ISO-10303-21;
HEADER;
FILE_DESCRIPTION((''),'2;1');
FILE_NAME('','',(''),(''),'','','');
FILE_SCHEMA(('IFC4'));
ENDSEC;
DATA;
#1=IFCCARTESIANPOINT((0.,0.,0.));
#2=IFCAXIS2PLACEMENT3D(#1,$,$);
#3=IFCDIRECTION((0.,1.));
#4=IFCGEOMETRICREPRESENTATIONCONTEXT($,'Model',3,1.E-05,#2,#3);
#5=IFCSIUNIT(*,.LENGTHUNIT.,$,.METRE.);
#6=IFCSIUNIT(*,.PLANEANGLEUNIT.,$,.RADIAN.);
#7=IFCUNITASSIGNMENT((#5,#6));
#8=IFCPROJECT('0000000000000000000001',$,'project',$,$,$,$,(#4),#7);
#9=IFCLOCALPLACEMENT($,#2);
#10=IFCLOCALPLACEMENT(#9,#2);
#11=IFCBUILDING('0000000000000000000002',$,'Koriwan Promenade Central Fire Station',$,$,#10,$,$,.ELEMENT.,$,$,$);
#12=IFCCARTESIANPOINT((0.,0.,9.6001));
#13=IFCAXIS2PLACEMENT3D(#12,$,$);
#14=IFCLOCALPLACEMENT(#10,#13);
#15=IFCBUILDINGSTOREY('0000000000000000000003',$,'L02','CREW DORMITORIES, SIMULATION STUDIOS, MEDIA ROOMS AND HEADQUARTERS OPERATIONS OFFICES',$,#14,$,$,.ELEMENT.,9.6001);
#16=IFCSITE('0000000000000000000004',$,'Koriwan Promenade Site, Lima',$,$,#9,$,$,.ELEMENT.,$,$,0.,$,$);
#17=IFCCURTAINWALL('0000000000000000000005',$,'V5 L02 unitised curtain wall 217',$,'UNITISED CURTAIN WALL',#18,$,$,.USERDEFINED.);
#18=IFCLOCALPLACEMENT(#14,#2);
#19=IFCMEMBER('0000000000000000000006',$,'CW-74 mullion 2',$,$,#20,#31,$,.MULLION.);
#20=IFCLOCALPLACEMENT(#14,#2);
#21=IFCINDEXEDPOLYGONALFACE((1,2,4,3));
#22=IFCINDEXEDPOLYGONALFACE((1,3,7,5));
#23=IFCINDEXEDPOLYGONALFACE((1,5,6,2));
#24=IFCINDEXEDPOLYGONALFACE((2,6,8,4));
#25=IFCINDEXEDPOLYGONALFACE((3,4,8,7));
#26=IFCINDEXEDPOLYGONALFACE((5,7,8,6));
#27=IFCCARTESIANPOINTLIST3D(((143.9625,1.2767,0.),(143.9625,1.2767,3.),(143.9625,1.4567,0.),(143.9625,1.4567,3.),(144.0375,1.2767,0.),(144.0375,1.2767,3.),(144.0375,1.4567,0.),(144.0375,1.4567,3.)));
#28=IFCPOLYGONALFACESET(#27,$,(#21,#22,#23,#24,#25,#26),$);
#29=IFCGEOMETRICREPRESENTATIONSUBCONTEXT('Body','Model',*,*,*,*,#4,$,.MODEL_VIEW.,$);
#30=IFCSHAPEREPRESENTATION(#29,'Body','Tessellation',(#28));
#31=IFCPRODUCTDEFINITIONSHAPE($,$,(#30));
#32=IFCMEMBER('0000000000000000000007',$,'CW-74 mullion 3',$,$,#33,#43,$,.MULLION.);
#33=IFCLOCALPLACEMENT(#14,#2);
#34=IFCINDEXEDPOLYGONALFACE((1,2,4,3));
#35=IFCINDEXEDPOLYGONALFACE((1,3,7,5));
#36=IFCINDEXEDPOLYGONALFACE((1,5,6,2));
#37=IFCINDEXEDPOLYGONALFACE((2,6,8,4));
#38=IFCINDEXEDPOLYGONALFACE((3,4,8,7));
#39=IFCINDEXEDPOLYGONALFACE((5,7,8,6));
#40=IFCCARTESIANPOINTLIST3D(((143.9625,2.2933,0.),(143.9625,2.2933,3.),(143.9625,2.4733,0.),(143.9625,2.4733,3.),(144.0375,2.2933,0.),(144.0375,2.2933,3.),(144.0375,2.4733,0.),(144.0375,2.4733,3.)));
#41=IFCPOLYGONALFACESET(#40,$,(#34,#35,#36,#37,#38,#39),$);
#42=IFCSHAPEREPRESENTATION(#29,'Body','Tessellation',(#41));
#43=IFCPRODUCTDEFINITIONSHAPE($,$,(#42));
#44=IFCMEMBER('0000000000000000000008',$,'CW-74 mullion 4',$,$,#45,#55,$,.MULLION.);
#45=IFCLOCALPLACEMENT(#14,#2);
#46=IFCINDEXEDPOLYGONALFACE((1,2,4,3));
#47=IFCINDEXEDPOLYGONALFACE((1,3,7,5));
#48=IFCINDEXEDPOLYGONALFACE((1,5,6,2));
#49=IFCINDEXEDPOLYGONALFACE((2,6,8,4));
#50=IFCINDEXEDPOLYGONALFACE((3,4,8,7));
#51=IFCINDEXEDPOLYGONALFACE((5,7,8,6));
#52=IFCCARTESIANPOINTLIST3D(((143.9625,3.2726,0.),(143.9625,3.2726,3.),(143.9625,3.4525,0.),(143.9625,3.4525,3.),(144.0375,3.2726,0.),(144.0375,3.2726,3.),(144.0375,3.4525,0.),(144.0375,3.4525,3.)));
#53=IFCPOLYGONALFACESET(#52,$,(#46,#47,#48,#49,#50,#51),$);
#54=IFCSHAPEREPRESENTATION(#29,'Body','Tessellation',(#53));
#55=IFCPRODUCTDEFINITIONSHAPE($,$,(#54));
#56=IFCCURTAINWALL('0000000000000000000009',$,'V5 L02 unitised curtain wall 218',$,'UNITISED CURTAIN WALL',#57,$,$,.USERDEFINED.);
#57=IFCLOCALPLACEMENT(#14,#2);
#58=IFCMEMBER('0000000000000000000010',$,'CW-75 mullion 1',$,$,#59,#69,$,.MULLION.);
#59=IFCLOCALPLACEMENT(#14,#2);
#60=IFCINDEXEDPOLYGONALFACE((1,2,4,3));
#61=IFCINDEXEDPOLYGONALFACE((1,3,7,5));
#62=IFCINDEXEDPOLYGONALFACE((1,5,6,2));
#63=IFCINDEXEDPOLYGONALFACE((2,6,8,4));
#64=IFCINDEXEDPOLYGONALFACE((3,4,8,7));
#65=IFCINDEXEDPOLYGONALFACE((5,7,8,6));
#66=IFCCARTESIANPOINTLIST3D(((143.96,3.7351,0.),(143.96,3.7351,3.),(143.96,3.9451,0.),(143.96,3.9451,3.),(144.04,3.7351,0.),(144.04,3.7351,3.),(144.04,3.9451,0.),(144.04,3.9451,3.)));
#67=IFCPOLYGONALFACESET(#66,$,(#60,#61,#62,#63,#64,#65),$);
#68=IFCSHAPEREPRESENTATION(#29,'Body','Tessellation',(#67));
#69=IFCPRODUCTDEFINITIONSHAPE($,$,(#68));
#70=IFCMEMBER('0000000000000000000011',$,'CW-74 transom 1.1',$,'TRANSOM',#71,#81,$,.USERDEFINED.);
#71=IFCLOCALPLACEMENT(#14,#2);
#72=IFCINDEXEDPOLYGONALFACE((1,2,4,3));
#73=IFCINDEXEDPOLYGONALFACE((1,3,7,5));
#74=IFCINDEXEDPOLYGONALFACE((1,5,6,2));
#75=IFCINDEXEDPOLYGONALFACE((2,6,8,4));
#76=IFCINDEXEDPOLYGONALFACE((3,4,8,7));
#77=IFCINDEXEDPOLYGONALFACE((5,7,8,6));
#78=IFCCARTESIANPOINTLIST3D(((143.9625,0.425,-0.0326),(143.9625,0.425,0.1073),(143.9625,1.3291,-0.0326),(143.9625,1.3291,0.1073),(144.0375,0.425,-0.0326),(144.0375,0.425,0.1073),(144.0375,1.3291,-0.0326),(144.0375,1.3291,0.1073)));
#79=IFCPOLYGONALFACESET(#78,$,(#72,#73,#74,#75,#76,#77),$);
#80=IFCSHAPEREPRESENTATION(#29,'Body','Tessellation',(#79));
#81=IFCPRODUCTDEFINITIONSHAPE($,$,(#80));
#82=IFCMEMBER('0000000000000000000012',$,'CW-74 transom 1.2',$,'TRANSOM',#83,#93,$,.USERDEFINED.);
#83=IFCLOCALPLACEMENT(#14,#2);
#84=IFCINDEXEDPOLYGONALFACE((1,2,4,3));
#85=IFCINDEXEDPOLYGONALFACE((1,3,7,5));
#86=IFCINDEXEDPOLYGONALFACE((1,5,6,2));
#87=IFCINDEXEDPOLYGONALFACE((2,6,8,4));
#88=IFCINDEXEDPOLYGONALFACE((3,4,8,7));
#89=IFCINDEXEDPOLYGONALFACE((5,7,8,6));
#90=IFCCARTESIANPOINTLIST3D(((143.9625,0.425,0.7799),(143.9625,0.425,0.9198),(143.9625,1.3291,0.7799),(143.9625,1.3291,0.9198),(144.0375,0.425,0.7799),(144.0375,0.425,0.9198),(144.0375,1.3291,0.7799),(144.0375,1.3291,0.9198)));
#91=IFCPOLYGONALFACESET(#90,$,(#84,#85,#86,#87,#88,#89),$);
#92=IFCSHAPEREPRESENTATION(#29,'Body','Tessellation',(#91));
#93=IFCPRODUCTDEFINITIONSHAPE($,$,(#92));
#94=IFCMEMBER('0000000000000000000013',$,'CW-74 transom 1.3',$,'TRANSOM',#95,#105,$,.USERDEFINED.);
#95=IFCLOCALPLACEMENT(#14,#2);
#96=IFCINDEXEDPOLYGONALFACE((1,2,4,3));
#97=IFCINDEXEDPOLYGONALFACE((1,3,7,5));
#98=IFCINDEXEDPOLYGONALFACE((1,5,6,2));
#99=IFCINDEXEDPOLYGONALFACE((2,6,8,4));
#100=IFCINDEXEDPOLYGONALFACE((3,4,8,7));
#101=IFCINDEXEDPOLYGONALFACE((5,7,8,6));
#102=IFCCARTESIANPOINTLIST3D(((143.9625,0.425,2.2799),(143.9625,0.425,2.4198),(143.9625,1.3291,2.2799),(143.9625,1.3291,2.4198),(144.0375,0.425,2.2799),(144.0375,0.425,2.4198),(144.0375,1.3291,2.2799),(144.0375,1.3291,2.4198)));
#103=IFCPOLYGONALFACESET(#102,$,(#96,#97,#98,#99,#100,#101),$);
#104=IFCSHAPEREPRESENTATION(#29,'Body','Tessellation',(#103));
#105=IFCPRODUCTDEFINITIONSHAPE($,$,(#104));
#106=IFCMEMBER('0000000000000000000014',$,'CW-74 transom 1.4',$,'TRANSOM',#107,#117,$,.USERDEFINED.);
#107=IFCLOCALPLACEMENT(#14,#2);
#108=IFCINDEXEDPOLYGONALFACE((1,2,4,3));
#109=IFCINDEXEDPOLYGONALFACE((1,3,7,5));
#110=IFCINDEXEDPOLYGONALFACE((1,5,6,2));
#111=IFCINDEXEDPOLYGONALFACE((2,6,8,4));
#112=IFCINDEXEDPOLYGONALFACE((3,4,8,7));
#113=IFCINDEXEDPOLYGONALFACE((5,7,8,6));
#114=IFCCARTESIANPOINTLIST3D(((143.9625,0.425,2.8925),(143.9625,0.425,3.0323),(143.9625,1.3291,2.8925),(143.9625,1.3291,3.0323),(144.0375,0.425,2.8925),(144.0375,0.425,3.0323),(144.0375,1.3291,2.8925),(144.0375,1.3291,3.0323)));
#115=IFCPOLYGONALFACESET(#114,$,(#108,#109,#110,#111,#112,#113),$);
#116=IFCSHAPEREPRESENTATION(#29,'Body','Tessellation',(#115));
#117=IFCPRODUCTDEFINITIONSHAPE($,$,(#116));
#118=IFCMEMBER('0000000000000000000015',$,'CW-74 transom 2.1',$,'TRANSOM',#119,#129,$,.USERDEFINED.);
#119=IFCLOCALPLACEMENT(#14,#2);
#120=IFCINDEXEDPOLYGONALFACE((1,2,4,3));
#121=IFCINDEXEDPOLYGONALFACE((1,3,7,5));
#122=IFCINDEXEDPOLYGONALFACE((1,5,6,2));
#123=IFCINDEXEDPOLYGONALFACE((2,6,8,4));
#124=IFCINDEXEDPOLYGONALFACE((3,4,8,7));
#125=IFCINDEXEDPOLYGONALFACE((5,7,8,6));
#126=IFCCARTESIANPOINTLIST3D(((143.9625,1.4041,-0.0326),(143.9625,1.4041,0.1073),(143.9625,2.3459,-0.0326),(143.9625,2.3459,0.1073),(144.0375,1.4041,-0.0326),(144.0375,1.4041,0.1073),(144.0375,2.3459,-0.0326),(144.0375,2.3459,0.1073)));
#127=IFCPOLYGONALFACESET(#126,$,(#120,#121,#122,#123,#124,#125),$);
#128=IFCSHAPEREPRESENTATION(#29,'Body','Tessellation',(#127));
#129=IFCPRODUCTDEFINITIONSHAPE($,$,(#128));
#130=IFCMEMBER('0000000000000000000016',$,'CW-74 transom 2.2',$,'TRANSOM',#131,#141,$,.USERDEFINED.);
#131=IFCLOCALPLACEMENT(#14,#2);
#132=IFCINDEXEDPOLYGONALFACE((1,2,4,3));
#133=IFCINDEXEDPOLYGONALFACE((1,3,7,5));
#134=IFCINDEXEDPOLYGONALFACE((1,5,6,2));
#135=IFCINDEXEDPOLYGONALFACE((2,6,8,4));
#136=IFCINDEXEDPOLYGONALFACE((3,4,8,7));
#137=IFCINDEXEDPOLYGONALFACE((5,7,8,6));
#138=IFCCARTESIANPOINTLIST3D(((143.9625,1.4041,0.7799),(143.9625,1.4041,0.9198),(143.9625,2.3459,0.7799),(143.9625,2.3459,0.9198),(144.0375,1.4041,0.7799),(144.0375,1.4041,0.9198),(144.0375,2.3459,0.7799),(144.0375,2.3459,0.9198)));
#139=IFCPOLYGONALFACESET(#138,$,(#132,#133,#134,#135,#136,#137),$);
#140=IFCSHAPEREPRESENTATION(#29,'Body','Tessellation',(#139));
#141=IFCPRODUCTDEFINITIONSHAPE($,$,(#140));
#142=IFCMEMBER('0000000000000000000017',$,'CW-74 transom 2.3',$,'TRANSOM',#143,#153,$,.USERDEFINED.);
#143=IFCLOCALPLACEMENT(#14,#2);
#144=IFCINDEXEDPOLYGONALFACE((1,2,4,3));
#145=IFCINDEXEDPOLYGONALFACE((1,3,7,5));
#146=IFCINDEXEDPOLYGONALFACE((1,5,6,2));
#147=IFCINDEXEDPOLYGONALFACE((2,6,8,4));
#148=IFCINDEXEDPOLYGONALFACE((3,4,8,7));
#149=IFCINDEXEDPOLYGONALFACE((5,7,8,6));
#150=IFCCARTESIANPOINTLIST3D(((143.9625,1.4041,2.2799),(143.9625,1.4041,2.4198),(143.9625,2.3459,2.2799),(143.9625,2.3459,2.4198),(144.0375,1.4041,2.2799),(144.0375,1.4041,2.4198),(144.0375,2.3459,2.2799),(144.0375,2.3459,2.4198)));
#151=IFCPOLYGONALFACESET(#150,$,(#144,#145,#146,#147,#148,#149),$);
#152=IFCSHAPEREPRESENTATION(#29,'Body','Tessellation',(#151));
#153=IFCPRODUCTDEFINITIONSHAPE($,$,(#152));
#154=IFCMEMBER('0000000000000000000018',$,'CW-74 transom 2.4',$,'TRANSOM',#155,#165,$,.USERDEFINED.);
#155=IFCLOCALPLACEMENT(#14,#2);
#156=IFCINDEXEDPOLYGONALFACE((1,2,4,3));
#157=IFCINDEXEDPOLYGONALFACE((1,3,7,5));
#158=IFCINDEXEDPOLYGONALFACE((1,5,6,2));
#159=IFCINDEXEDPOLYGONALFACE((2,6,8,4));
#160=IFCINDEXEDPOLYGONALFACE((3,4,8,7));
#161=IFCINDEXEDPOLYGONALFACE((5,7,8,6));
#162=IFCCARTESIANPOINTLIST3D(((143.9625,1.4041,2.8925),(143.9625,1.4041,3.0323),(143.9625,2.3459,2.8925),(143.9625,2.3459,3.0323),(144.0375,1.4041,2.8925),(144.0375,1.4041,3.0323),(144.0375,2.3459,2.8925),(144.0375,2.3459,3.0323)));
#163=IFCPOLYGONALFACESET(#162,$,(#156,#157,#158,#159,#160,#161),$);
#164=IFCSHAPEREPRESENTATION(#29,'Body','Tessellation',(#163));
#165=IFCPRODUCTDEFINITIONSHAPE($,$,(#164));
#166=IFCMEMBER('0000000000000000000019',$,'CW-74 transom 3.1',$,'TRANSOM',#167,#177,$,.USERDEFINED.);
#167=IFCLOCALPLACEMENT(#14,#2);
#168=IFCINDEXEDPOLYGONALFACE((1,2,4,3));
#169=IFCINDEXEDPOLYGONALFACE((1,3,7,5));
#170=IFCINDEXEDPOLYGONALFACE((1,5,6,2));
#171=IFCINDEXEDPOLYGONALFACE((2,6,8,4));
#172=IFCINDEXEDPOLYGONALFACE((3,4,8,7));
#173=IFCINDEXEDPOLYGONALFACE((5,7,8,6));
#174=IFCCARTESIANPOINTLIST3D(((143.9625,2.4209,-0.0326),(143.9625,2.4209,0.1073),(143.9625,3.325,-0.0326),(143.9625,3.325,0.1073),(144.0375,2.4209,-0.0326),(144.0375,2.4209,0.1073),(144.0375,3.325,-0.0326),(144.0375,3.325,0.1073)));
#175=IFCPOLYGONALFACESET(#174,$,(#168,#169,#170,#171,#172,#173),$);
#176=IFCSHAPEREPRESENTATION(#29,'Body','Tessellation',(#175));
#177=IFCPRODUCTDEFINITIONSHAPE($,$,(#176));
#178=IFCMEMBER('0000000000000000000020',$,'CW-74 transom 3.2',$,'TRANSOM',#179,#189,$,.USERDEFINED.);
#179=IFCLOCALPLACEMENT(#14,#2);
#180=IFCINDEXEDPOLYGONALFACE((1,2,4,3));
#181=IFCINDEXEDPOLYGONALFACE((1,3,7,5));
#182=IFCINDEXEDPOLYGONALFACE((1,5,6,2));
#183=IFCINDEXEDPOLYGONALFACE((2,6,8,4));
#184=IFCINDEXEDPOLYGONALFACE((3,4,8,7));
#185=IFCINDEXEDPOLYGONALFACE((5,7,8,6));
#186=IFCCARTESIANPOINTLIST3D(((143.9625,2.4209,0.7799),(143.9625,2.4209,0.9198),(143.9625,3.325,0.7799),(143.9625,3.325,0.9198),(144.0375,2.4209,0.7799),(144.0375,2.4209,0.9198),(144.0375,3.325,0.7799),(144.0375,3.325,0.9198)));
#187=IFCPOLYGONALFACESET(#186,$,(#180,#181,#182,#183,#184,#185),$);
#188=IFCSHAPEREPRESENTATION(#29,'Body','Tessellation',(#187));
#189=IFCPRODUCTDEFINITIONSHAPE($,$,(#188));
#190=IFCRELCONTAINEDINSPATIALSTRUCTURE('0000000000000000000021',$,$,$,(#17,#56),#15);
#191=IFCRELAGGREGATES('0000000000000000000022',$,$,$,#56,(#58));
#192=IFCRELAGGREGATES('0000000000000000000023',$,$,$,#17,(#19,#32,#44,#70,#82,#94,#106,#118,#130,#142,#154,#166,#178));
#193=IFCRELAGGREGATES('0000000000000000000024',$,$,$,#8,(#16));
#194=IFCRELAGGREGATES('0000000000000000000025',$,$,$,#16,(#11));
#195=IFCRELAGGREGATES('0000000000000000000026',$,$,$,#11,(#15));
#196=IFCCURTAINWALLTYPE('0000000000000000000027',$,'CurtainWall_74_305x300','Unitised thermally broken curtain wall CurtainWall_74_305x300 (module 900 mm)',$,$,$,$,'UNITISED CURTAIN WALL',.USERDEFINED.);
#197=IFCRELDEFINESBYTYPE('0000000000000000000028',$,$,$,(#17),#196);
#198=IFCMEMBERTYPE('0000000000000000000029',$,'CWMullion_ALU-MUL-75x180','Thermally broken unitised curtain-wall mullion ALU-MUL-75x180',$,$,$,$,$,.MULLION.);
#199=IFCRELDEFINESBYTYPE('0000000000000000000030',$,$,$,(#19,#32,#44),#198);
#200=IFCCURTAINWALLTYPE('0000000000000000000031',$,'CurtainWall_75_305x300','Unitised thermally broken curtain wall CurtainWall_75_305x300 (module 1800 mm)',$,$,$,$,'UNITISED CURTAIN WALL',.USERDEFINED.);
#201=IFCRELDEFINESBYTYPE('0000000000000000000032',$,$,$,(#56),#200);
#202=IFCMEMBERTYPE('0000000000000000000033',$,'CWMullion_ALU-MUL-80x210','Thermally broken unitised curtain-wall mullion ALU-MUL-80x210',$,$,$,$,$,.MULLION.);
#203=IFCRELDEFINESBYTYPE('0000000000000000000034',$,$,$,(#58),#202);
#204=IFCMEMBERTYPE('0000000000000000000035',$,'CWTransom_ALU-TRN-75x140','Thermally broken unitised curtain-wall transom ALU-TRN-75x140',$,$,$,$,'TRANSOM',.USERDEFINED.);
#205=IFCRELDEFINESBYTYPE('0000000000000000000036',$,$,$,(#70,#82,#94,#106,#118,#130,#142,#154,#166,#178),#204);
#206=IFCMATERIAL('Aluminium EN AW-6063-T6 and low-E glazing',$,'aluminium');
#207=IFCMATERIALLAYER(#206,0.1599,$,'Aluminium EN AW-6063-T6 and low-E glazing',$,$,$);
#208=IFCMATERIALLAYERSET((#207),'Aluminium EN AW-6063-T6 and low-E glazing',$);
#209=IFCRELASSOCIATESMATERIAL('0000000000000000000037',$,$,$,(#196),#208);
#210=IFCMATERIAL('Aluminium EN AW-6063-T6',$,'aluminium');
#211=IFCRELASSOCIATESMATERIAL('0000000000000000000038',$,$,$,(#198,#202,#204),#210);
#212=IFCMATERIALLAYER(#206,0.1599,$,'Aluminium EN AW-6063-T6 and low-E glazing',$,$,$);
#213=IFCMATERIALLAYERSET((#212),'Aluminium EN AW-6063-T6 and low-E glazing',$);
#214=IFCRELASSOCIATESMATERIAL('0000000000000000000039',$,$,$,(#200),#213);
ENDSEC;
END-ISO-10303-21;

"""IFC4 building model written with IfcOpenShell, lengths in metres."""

from ifc_helpers import new_model, si_unit, direction, frame, origin, origin_2d, place, context, subcontext, project, spatial, rectangle, extrude, material, layer, layer_set, material_profile, profile_set, type_object, element, aggregate, save


model = new_model("IFC4")

# Units and contexts
model_context = context("Model", 3, precision=1e-05, world=origin(), true_north=direction((0.0, 1.0)))
body_context = subcontext(model_context, "Body", "Model", "MODEL_VIEW")
ifc_project = project(units=[si_unit("LENGTHUNIT", "METRE"), si_unit("PLANEANGLEUNIT", "RADIAN")], contexts=[model_context])

# Site, building, storey
site_placement = place(None, origin())
site = spatial("IfcSite", under=ifc_project, at=site_placement, Name="Koriwan Promenade Site, Lima", CompositionType="ELEMENT", RefElevation=0.0)
building_placement = place(site_placement, origin())
building = spatial("IfcBuilding", under=site, at=building_placement, Name="Koriwan Promenade Central Fire Station", CompositionType="ELEMENT")
storey_placement = place(building_placement, frame((0.0, 0.0, 9.6001)))
storey = spatial("IfcBuildingStorey", under=building, at=storey_placement, Name="L02", Description="CREW DORMITORIES, SIMULATION STUDIOS, MEDIA ROOMS AND HEADQUARTERS OPERATIONS OFFICES", CompositionType="ELEMENT", Elevation=9.6001)

# Curtain wall, members
ifc_material_1 = material(Name="Aluminium EN AW-6063-T6 and low-E glazing", Category="aluminium")
ifc_layer_1 = layer(ifc_material_1, 0.1599, Name="Aluminium EN AW-6063-T6 and low-E glazing")
ifc_layer_set_1 = layer_set([ifc_layer_1], Name="Aluminium EN AW-6063-T6 and low-E glazing")
curtain_wall_type_1 = type_object("IfcCurtainWallType", Name="CurtainWall_74_305x300", Description="Unitised thermally broken curtain wall CurtainWall_74_305x300 (module 900 mm)", ElementType="UNITISED CURTAIN WALL", PredefinedType="USERDEFINED", material=ifc_layer_set_1)
curtain_wall_1_placement = place(storey_placement, origin())
curtain_wall_1 = element("IfcCurtainWall", 1, at=curtain_wall_1_placement, inside=storey, type_object=curtain_wall_type_1, Name="V5 L02 unitised curtain wall 217", ObjectType="UNITISED CURTAIN WALL", PredefinedType="USERDEFINED")
ifc_material_2 = material(Name="Aluminium EN AW-6063-T6", Category="aluminium")
ifc_material_profile_1 = material_profile(ifc_material_2, rectangle(XDim=0.075, YDim=0.1799, at=origin_2d()), Name="ALU-MUL-75x180")
ifc_profile_set_1 = profile_set([ifc_material_profile_1], Name="Aluminium EN AW-6063-T6")
member_type_1 = type_object("IfcMemberType", Name="CWMullion_ALU-MUL-75x180", Description="Thermally broken unitised curtain-wall mullion ALU-MUL-75x180", PredefinedType="MULLION", material=ifc_profile_set_1)
member_1_placement = place(storey_placement, frame((144.0, 1.3667, 0.0), z_axis=(0.0, 0.0, 1.0), x_axis=(-1.0, 0.0, 0.0)))
member_1 = element("IfcMember", 2, at=member_1_placement, type_object=member_type_1, Name="CW-74 mullion 2", PredefinedType="MULLION", context=body_context, shape_type="SweptSolid", body=[
    extrude(rectangle(XDim=0.075, YDim=0.1799, at=origin_2d()), origin(), (0.0, 0.0, 1.0), 3.0),
])
member_2_placement = place(storey_placement, frame((144.0, 2.3833, 0.0), z_axis=(0.0, 0.0, 1.0), x_axis=(-1.0, 0.0, 0.0)))
member_2 = element("IfcMember", 3, at=member_2_placement, type_object=member_type_1, Name="CW-74 mullion 3", PredefinedType="MULLION", context=body_context, shape_type="SweptSolid", body=[
    extrude(rectangle(XDim=0.075, YDim=0.1799, at=origin_2d()), origin(), (0.0, 0.0, 1.0), 3.0),
])
member_3_placement = place(storey_placement, frame((144.0, 3.3625, 0.0), z_axis=(0.0, 0.0, 1.0), x_axis=(-1.0, 0.0, 0.0)))
member_3 = element("IfcMember", 4, at=member_3_placement, type_object=member_type_1, Name="CW-74 mullion 4", PredefinedType="MULLION", context=body_context, shape_type="SweptSolid", body=[
    extrude(rectangle(XDim=0.075, YDim=0.1799, at=origin_2d()), origin(), (0.0, 0.0, 1.0), 3.0),
])

# Curtain wall, member
ifc_layer_2 = layer(ifc_material_1, 0.1599, Name="Aluminium EN AW-6063-T6 and low-E glazing")
ifc_layer_set_2 = layer_set([ifc_layer_2], Name="Aluminium EN AW-6063-T6 and low-E glazing")
curtain_wall_type_2 = type_object("IfcCurtainWallType", Name="CurtainWall_75_305x300", Description="Unitised thermally broken curtain wall CurtainWall_75_305x300 (module 1800 mm)", ElementType="UNITISED CURTAIN WALL", PredefinedType="USERDEFINED", material=ifc_layer_set_2)
curtain_wall_2_placement = place(storey_placement, origin())
curtain_wall_2 = element("IfcCurtainWall", 5, at=curtain_wall_2_placement, inside=storey, type_object=curtain_wall_type_2, Name="V5 L02 unitised curtain wall 218", ObjectType="UNITISED CURTAIN WALL", PredefinedType="USERDEFINED")
ifc_material_profile_2 = material_profile(ifc_material_2, rectangle(XDim=0.0801, YDim=0.21, at=origin_2d()), Name="ALU-MUL-80x210")
ifc_profile_set_2 = profile_set([ifc_material_profile_2], Name="Aluminium EN AW-6063-T6")
member_type_2 = type_object("IfcMemberType", Name="CWMullion_ALU-MUL-80x210", Description="Thermally broken unitised curtain-wall mullion ALU-MUL-80x210", PredefinedType="MULLION", material=ifc_profile_set_2)
member_4_placement = place(storey_placement, frame((144.0, 3.8401, 0.0), z_axis=(0.0, 0.0, 1.0), x_axis=(-1.0, 0.0, 0.0)))
member_4 = element("IfcMember", 6, at=member_4_placement, type_object=member_type_2, Name="CW-75 mullion 1", PredefinedType="MULLION", context=body_context, shape_type="SweptSolid", body=[
    extrude(rectangle(XDim=0.0801, YDim=0.21, at=origin_2d()), origin(), (0.0, 0.0, 1.0), 3.0),
])

# Members
ifc_material_profile_3 = material_profile(ifc_material_2, rectangle(XDim=0.075, YDim=0.1399, at=origin_2d()), Name="ALU-TRN-75x140")
ifc_profile_set_3 = profile_set([ifc_material_profile_3], Name="Aluminium EN AW-6063-T6")
member_type_3 = type_object("IfcMemberType", Name="CWTransom_ALU-TRN-75x140", Description="Thermally broken unitised curtain-wall transom ALU-TRN-75x140", ElementType="TRANSOM", PredefinedType="USERDEFINED", material=ifc_profile_set_3)
member_5_placement = place(storey_placement, frame((144.0, 0.425, 0.0374), z_axis=(0.0, 1.0, 0.0), x_axis=(-1.0, 0.0, 0.0)))
member_5 = element("IfcMember", 7, at=member_5_placement, type_object=member_type_3, Name="CW-74 transom 1.1", ObjectType="TRANSOM", PredefinedType="USERDEFINED", context=body_context, shape_type="SweptSolid", body=[
    extrude(rectangle(XDim=0.075, YDim=0.1399, at=origin_2d()), origin(), (0.0, 0.0, 1.0), 0.9041),
])
member_6_placement = place(storey_placement, frame((144.0, 0.425, 0.8499), z_axis=(0.0, 1.0, 0.0), x_axis=(-1.0, 0.0, 0.0)))
member_6 = element("IfcMember", 8, at=member_6_placement, type_object=member_type_3, Name="CW-74 transom 1.2", ObjectType="TRANSOM", PredefinedType="USERDEFINED", context=body_context, shape_type="SweptSolid", body=[
    extrude(rectangle(XDim=0.075, YDim=0.1399, at=origin_2d()), origin(), (0.0, 0.0, 1.0), 0.9041),
])
member_7_placement = place(storey_placement, frame((144.0, 0.425, 2.3499), z_axis=(0.0, 1.0, 0.0), x_axis=(-1.0, 0.0, 0.0)))
member_7 = element("IfcMember", 9, at=member_7_placement, type_object=member_type_3, Name="CW-74 transom 1.3", ObjectType="TRANSOM", PredefinedType="USERDEFINED", context=body_context, shape_type="SweptSolid", body=[
    extrude(rectangle(XDim=0.075, YDim=0.1399, at=origin_2d()), origin(), (0.0, 0.0, 1.0), 0.9041),
])
member_8_placement = place(storey_placement, frame((144.0, 0.425, 2.9624), z_axis=(0.0, 1.0, 0.0), x_axis=(-1.0, 0.0, 0.0)))
member_8 = element("IfcMember", 10, at=member_8_placement, type_object=member_type_3, Name="CW-74 transom 1.4", ObjectType="TRANSOM", PredefinedType="USERDEFINED", context=body_context, shape_type="SweptSolid", body=[
    extrude(rectangle(XDim=0.075, YDim=0.1399, at=origin_2d()), origin(), (0.0, 0.0, 1.0), 0.9041),
])
member_9_placement = place(storey_placement, frame((144.0, 1.4041, 0.0374), z_axis=(0.0, 1.0, 0.0), x_axis=(-1.0, 0.0, 0.0)))
member_9 = element("IfcMember", 11, at=member_9_placement, type_object=member_type_3, Name="CW-74 transom 2.1", ObjectType="TRANSOM", PredefinedType="USERDEFINED", context=body_context, shape_type="SweptSolid", body=[
    extrude(rectangle(XDim=0.075, YDim=0.1399, at=origin_2d()), origin(), (0.0, 0.0, 1.0), 0.9419),
])
member_10_placement = place(storey_placement, frame((144.0, 1.4041, 0.8499), z_axis=(0.0, 1.0, 0.0), x_axis=(-1.0, 0.0, 0.0)))
member_10 = element("IfcMember", 12, at=member_10_placement, type_object=member_type_3, Name="CW-74 transom 2.2", ObjectType="TRANSOM", PredefinedType="USERDEFINED", context=body_context, shape_type="SweptSolid", body=[
    extrude(rectangle(XDim=0.075, YDim=0.1399, at=origin_2d()), origin(), (0.0, 0.0, 1.0), 0.9419),
])
member_11_placement = place(storey_placement, frame((144.0, 1.4041, 2.3499), z_axis=(0.0, 1.0, 0.0), x_axis=(-1.0, 0.0, 0.0)))
member_11 = element("IfcMember", 13, at=member_11_placement, type_object=member_type_3, Name="CW-74 transom 2.3", ObjectType="TRANSOM", PredefinedType="USERDEFINED", context=body_context, shape_type="SweptSolid", body=[
    extrude(rectangle(XDim=0.075, YDim=0.1399, at=origin_2d()), origin(), (0.0, 0.0, 1.0), 0.9419),
])
member_12_placement = place(storey_placement, frame((144.0, 1.4041, 2.9624), z_axis=(0.0, 1.0, 0.0), x_axis=(-1.0, 0.0, 0.0)))
member_12 = element("IfcMember", 14, at=member_12_placement, type_object=member_type_3, Name="CW-74 transom 2.4", ObjectType="TRANSOM", PredefinedType="USERDEFINED", context=body_context, shape_type="SweptSolid", body=[
    extrude(rectangle(XDim=0.075, YDim=0.1399, at=origin_2d()), origin(), (0.0, 0.0, 1.0), 0.9419),
])
member_13_placement = place(storey_placement, frame((144.0, 2.4209, 0.0374), z_axis=(0.0, 1.0, 0.0), x_axis=(-1.0, 0.0, 0.0)))
member_13 = element("IfcMember", 15, at=member_13_placement, type_object=member_type_3, Name="CW-74 transom 3.1", ObjectType="TRANSOM", PredefinedType="USERDEFINED", context=body_context, shape_type="SweptSolid", body=[
    extrude(rectangle(XDim=0.075, YDim=0.1399, at=origin_2d()), origin(), (0.0, 0.0, 1.0), 0.9041),
])
member_14_placement = place(storey_placement, frame((144.0, 2.4209, 0.8499), z_axis=(0.0, 1.0, 0.0), x_axis=(-1.0, 0.0, 0.0)))
member_14 = element("IfcMember", 16, at=member_14_placement, type_object=member_type_3, Name="CW-74 transom 3.2", ObjectType="TRANSOM", PredefinedType="USERDEFINED", context=body_context, shape_type="SweptSolid", body=[
    extrude(rectangle(XDim=0.075, YDim=0.1399, at=origin_2d()), origin(), (0.0, 0.0, 1.0), 0.9041),
])
aggregate(curtain_wall_2, [member_4])

aggregate(curtain_wall_1, [member_1, member_2, member_3, member_5, member_6, member_7, member_8, member_9, member_10, member_11, member_12, member_13, member_14])

save(model, "model.ifc")
